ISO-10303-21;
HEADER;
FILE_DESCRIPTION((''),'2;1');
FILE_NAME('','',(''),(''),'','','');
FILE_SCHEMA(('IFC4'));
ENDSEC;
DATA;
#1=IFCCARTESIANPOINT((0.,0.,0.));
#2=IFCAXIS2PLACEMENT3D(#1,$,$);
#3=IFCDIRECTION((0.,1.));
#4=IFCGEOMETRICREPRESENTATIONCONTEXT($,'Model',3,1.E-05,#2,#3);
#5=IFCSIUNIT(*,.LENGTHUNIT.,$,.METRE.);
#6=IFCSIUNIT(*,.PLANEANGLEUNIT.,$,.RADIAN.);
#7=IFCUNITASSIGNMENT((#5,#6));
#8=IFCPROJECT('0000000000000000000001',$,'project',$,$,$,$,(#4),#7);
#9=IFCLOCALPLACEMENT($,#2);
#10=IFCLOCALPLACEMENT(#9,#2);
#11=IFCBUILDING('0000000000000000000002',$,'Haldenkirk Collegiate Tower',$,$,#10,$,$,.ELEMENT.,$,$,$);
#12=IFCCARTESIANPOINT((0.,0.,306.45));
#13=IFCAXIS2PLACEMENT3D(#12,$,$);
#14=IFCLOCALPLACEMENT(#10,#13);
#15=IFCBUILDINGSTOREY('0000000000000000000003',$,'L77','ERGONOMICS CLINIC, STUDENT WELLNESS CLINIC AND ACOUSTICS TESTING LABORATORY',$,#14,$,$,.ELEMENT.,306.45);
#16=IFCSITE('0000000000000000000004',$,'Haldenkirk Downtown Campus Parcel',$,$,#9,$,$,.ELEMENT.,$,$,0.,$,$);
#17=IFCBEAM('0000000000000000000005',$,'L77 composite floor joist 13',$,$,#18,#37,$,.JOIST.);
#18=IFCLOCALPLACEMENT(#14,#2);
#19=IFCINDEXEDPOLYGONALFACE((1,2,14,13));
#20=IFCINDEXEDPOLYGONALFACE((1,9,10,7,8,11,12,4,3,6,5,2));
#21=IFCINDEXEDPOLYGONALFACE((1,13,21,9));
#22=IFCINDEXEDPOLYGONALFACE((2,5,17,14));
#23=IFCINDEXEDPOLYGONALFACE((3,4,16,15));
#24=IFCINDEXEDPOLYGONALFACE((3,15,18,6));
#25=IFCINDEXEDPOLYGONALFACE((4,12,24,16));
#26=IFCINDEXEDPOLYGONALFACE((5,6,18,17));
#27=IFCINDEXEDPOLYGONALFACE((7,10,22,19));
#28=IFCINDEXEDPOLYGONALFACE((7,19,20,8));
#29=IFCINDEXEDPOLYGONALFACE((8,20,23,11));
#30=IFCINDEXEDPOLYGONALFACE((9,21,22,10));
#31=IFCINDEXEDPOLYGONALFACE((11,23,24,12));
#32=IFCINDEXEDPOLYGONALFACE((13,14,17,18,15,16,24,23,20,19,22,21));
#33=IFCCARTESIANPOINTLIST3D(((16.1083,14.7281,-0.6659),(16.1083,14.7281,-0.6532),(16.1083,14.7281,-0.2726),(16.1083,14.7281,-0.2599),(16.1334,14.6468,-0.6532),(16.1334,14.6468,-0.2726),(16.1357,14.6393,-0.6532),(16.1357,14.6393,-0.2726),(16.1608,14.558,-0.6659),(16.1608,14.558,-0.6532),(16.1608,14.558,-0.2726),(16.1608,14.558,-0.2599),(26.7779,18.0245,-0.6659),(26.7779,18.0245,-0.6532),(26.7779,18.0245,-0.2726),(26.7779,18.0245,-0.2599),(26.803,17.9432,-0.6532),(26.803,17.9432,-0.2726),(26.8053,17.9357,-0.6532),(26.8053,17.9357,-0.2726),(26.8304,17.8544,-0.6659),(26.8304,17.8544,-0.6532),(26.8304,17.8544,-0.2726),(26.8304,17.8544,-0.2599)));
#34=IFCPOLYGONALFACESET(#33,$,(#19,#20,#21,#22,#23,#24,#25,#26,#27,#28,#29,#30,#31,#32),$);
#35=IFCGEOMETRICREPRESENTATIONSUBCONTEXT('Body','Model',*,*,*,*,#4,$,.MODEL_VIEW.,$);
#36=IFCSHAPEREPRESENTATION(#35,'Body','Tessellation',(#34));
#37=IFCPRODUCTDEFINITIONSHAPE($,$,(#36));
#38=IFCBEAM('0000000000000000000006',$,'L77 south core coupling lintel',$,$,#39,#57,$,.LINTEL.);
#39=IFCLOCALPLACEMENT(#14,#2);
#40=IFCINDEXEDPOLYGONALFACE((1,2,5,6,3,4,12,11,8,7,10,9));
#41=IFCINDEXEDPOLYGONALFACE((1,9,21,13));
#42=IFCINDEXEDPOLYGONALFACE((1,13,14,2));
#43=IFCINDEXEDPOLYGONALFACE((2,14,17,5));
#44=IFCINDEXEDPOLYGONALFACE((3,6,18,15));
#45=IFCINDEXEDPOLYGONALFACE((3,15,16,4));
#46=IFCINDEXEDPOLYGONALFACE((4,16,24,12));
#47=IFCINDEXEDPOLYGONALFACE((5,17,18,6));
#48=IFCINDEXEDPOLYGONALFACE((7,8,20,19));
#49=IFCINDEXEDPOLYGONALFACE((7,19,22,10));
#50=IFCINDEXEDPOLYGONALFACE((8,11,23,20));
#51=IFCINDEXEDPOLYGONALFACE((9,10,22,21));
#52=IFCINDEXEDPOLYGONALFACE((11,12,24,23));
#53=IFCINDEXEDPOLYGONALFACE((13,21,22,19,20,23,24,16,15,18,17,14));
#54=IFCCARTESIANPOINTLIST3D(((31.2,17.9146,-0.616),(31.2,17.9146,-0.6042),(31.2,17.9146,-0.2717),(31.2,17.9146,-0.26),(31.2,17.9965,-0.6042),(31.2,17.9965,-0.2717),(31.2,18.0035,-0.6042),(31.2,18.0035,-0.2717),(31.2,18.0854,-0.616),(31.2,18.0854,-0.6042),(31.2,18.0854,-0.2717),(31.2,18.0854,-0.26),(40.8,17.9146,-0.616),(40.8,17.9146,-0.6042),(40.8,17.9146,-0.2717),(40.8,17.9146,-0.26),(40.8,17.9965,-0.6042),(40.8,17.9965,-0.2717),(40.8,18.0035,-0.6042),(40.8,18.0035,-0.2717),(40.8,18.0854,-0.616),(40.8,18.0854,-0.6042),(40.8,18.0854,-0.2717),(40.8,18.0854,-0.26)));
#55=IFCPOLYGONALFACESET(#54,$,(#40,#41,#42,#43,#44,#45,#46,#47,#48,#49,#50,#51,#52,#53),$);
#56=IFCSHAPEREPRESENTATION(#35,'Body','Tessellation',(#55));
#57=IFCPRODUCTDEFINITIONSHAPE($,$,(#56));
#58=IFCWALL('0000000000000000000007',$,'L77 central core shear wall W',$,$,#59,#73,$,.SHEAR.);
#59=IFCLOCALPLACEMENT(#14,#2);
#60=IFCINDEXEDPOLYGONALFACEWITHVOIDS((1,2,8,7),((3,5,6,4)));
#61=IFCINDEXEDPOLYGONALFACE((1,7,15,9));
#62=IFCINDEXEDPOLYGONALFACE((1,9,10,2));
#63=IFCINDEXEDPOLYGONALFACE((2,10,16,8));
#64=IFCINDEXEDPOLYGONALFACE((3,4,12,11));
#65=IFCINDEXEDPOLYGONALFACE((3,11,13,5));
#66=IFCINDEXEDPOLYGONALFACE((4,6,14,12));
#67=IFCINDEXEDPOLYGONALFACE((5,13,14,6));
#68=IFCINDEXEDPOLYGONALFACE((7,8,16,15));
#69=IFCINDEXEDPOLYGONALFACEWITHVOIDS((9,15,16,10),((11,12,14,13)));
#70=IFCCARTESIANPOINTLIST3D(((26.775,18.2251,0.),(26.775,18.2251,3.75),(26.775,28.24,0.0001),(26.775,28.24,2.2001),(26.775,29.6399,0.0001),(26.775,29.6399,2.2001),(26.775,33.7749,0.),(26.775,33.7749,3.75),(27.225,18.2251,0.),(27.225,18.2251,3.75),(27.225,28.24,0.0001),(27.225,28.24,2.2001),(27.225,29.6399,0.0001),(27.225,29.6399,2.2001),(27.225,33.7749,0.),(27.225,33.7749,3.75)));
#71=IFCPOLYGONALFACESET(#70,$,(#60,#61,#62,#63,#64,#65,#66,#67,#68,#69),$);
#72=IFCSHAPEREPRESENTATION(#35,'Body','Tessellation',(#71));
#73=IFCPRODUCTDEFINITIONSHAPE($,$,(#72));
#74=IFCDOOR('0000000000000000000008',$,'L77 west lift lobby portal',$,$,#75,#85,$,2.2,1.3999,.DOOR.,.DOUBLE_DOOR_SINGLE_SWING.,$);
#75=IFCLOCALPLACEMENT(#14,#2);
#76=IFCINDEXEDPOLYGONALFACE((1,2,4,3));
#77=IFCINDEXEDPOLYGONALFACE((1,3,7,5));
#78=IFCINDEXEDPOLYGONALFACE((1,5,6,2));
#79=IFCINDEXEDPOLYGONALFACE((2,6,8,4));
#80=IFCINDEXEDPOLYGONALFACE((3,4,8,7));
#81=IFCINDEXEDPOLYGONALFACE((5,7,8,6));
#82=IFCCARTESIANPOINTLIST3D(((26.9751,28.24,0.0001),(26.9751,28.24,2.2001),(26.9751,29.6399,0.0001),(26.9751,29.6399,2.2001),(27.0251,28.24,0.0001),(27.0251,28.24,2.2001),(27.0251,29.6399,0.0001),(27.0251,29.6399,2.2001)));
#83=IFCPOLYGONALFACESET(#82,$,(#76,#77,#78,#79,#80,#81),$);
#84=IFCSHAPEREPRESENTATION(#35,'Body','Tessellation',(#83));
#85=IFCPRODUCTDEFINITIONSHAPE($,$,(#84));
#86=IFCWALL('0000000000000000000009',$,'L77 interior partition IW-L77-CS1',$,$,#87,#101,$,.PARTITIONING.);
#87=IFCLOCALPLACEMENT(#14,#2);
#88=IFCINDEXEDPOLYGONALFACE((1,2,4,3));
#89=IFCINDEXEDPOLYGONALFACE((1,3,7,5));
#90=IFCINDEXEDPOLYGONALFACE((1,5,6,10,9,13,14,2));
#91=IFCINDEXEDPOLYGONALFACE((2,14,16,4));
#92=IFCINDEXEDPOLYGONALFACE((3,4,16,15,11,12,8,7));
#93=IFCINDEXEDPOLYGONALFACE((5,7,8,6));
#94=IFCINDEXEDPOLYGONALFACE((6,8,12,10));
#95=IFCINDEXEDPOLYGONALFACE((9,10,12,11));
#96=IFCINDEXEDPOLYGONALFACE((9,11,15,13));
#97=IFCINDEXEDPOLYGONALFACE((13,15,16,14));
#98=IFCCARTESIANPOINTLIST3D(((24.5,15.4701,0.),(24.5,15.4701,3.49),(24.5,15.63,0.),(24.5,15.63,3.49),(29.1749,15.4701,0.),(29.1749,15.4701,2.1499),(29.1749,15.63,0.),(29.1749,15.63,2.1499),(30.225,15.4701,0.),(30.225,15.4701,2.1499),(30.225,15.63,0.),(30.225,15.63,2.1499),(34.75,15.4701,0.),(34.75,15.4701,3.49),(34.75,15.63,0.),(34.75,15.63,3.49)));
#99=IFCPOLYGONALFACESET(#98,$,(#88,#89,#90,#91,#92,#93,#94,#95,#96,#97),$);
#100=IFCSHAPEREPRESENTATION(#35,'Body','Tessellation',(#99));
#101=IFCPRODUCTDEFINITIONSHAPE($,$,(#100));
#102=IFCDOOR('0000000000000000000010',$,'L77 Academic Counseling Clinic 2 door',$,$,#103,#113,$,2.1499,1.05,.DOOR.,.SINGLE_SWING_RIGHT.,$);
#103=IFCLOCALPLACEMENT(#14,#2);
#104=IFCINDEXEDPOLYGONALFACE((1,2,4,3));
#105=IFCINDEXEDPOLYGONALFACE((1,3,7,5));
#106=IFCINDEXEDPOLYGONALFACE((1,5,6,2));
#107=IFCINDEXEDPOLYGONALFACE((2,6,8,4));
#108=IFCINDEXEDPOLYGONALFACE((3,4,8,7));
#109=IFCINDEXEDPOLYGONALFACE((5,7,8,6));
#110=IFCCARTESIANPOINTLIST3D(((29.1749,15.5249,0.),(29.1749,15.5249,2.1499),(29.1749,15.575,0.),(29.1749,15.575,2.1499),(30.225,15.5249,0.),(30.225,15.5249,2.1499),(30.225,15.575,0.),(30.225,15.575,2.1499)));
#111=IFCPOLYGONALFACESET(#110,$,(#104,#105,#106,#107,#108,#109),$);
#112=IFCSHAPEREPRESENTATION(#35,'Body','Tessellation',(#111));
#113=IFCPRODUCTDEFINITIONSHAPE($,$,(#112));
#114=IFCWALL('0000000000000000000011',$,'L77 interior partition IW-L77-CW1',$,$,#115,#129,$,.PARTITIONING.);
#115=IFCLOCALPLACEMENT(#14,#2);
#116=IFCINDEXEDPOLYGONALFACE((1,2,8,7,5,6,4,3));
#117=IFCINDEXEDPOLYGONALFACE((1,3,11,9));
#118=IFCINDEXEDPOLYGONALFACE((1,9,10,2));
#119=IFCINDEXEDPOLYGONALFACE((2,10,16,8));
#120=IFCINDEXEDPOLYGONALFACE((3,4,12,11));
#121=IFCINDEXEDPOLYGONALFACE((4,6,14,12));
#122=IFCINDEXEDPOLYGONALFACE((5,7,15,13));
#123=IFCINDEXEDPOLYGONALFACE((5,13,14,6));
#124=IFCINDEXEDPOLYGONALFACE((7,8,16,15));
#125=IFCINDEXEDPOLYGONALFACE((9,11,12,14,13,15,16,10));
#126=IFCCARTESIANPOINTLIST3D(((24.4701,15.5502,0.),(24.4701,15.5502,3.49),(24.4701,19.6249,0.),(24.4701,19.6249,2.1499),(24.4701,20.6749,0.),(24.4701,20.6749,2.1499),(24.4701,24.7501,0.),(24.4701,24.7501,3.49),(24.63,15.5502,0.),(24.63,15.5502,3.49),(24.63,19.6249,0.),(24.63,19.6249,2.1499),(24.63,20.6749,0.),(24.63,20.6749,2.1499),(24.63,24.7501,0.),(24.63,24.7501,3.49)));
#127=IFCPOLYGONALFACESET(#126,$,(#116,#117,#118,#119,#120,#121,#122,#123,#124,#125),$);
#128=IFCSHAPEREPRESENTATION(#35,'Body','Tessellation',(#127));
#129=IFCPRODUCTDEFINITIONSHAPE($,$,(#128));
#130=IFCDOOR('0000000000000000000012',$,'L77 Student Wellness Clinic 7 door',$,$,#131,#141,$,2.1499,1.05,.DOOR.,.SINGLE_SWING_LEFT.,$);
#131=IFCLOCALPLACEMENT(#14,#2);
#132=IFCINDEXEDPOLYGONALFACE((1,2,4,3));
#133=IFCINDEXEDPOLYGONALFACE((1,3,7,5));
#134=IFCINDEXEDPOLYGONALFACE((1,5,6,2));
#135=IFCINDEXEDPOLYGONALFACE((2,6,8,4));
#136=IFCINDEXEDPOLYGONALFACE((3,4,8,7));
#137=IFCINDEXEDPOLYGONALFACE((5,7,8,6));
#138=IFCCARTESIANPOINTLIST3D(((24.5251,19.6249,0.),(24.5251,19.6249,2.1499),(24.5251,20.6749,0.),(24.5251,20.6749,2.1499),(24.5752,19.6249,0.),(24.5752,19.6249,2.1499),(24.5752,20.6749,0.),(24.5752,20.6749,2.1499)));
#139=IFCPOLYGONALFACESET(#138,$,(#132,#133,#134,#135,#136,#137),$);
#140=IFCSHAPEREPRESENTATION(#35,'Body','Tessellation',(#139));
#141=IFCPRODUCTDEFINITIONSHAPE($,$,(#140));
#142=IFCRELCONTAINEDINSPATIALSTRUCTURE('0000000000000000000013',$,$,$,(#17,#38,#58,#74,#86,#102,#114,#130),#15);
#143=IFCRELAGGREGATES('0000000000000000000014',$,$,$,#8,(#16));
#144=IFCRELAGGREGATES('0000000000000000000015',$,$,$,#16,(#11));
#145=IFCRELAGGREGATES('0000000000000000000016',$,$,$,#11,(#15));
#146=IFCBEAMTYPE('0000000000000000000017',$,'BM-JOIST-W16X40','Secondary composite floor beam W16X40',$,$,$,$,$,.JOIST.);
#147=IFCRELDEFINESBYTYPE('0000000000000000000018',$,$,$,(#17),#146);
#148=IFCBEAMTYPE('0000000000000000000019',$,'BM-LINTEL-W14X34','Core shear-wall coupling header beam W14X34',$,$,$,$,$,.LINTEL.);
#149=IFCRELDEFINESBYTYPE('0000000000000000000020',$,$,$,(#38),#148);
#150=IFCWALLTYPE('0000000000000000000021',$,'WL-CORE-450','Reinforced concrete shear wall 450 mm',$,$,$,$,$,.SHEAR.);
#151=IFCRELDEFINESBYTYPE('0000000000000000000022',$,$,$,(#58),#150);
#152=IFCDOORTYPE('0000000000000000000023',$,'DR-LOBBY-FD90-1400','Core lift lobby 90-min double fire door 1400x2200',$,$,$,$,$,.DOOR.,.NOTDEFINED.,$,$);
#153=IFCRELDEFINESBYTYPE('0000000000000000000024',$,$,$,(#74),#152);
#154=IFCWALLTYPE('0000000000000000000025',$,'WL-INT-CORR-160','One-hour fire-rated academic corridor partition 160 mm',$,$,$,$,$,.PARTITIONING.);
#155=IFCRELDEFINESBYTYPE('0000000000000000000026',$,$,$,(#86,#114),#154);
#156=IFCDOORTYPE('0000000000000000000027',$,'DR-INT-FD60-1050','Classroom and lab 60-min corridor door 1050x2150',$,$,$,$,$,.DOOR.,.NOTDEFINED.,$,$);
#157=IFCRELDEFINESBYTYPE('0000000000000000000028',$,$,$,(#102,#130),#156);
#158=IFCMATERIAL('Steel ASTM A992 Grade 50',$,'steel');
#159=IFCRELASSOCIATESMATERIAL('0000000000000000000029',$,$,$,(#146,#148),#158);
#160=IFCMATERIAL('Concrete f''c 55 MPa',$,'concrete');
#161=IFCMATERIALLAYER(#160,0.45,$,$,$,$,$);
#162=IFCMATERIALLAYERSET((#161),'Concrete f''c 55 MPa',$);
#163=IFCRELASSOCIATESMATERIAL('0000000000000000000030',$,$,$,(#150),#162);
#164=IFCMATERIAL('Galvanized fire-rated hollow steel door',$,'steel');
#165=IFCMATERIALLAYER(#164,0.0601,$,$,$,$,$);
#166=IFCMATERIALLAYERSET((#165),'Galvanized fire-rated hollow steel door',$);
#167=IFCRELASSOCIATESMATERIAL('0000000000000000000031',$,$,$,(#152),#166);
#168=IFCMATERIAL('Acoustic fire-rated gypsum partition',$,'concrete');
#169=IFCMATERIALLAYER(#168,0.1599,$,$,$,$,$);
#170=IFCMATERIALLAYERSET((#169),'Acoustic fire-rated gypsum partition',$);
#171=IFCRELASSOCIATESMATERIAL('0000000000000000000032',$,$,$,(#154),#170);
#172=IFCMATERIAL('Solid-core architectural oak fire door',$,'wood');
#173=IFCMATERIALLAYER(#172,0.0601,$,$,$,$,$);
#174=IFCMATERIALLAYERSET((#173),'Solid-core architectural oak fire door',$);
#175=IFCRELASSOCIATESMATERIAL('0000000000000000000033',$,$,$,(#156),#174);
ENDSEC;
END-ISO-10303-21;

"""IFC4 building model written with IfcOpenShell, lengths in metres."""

from ifc_helpers import new_model, si_unit, direction, frame, frame_2d, origin, origin_2d, place, context, subcontext, project, spatial, rectangle, i_section, extrude, material, layer, layer_set, material_profile, profile_set, type_object, element, fill, save


model = new_model("IFC4")

# Units and contexts
model_context = context("Model", 3, precision=1e-05, world=origin(), true_north=direction((0.0, 1.0)))
body_context = subcontext(model_context, "Body", "Model", "MODEL_VIEW")
ifc_project = project(units=[si_unit("LENGTHUNIT", "METRE"), si_unit("PLANEANGLEUNIT", "RADIAN")], contexts=[model_context])

# Site, building, storey
site_placement = place(None, origin())
site = spatial("IfcSite", under=ifc_project, at=site_placement, Name="Haldenkirk Downtown Campus Parcel", CompositionType="ELEMENT", RefElevation=0.0)
building_placement = place(site_placement, origin())
building = spatial("IfcBuilding", under=site, at=building_placement, Name="Haldenkirk Collegiate Tower", CompositionType="ELEMENT")
storey_placement = place(building_placement, frame((0.0, 0.0, 306.45)))
storey = spatial("IfcBuildingStorey", under=building, at=storey_placement, Name="L77", Description="ERGONOMICS CLINIC, STUDENT WELLNESS CLINIC AND ACOUSTICS TESTING LABORATORY", CompositionType="ELEMENT", Elevation=306.45)

# Beams
ifc_material_1 = material(Name="Steel ASTM A992 Grade 50", Category="steel")
ifc_material_profile_1 = material_profile(ifc_material_1, i_section(OverallWidth=0.178, OverallDepth=0.406, WebThickness=0.0078, FlangeThickness=0.0127, at=origin_2d()), Name="W16X40")
ifc_profile_set_1 = profile_set([ifc_material_profile_1], Name="Steel ASTM A992 Grade 50")
beam_type_1 = type_object("IfcBeamType", Name="BM-JOIST-W16X40", Description="Secondary composite floor beam W16X40", PredefinedType="JOIST", material=ifc_profile_set_1)
beam_1_placement = place(storey_placement, frame((16.1345, 14.6431, -0.4629), z_axis=(0.955441, 0.295183, 0.0), x_axis=(-0.295183, 0.955441, 0.0)))
element("IfcBeam", 1, at=beam_1_placement, inside=storey, type_object=beam_type_1, Name="L77 composite floor joist 13", PredefinedType="JOIST", context=body_context, shape_type="SweptSolid", body=[
    extrude(i_section(OverallWidth=0.178, OverallDepth=0.406, WebThickness=0.0078, FlangeThickness=0.0127, at=origin_2d()), origin(), (0.0, 0.0, 1.0), 11.1672),
])
ifc_material_profile_2 = material_profile(ifc_material_1, i_section(OverallWidth=0.1709, OverallDepth=0.356, WebThickness=0.0071, FlangeThickness=0.0117, at=origin_2d()), Name="W14X34")
ifc_profile_set_2 = profile_set([ifc_material_profile_2], Name="Steel ASTM A992 Grade 50")
beam_type_2 = type_object("IfcBeamType", Name="BM-LINTEL-W14X34", Description="Core shear-wall coupling header beam W14X34", PredefinedType="LINTEL", material=ifc_profile_set_2)
beam_2_placement = place(storey_placement, frame((31.2, 18.0, -0.438), z_axis=(1.0, 0.0, 0.0), x_axis=(0.0, 1.0, 0.0)))
element("IfcBeam", 2, at=beam_2_placement, inside=storey, type_object=beam_type_2, Name="L77 south core coupling lintel", PredefinedType="LINTEL", context=body_context, shape_type="SweptSolid", body=[
    extrude(i_section(OverallWidth=0.1709, OverallDepth=0.356, WebThickness=0.0071, FlangeThickness=0.0117, at=origin_2d()), origin(), (0.0, 0.0, 1.0), 9.6001),
])

# Shared definitions
ifc_material_2 = material(Name="Concrete f'c 55 MPa", Category="concrete")
ifc_layer_1 = layer(ifc_material_2, 0.45)
ifc_layer_set_1 = layer_set([ifc_layer_1], Name="Concrete f'c 55 MPa")
wall_type_1 = type_object("IfcWallType", Name="WL-CORE-450", Description="Reinforced concrete shear wall 450 mm", PredefinedType="SHEAR", material=ifc_layer_set_1)
ifc_material_3 = material(Name="Galvanized fire-rated hollow steel door", Category="steel")

# Walls, openings, doors
wall_1_placement = place(storey_placement, frame((27.0, 18.2251, 0.0), z_axis=(0.0, 0.0, 1.0), x_axis=(0.0, 1.0, 0.0)))
wall_1 = element("IfcWall", 3, at=wall_1_placement, inside=storey, type_object=wall_type_1, Name="L77 central core shear wall W", PredefinedType="SHEAR", context=body_context, shape_type="SweptSolid", body=[
    extrude(rectangle(XDim=15.5498, YDim=0.45, at=frame_2d((7.7749, 0.0))), origin(), (0.0, 0.0, 1.0), 3.75),
])
opening_1_placement = place(wall_1_placement, frame((10.0149, 0.0, 0.0)))
opening_1 = element("IfcOpeningElement", 4, at=opening_1_placement, cuts=wall_1, PredefinedType="OPENING", context=body_context, shape_type="SweptSolid", body=[
    extrude(rectangle(XDim=1.3999, YDim=2.2, at=frame_2d((0.7, 1.1001))), frame((0.0, 0.2349, 0.0), z_axis=(0.0, -1.0, 0.0), x_axis=(1.0, 0.0, 0.0)), (0.0, 0.0, 1.0), 0.47),
])
ifc_layer_2 = layer(ifc_material_3, 0.0601)
ifc_layer_set_2 = layer_set([ifc_layer_2], Name="Galvanized fire-rated hollow steel door")
door_type_1 = type_object("IfcDoorType", Name="DR-LOBBY-FD90-1400", Description="Core lift lobby 90-min double fire door 1400x2200", OperationType="NOTDEFINED", PredefinedType="DOOR", material=ifc_layer_set_2)
door_1_placement = place(opening_1_placement, origin())
door_1 = element("IfcDoor", 5, at=door_1_placement, inside=storey, type_object=door_type_1, Name="L77 west lift lobby portal", OperationType="DOUBLE_DOOR_SINGLE_SWING", OverallHeight=2.2, OverallWidth=1.3999, PredefinedType="DOOR", context=body_context, shape_type="SweptSolid", body=[
    extrude(rectangle(XDim=1.3999, YDim=2.2, at=frame_2d((0.7, 1.1001))), frame((0.0, 0.0249, 0.0), z_axis=(0.0, -1.0, 0.0), x_axis=(1.0, 0.0, 0.0)), (0.0, 0.0, 1.0), 0.05),
])
fill(opening_1, door_1)
ifc_material_4 = material(Name="Acoustic fire-rated gypsum partition", Category="concrete")
ifc_layer_3 = layer(ifc_material_4, 0.1599)
ifc_layer_set_3 = layer_set([ifc_layer_3], Name="Acoustic fire-rated gypsum partition")
wall_type_2 = type_object("IfcWallType", Name="WL-INT-CORR-160", Description="One-hour fire-rated academic corridor partition 160 mm", PredefinedType="PARTITIONING", material=ifc_layer_set_3)
wall_2_placement = place(storey_placement, frame((24.5, 15.55, 0.0), z_axis=(0.0, 0.0, 1.0), x_axis=(1.0, 0.0, 0.0)))
wall_2 = element("IfcWall", 6, at=wall_2_placement, inside=storey, type_object=wall_type_2, Name="L77 interior partition IW-L77-CS1", PredefinedType="PARTITIONING", context=body_context, shape_type="SweptSolid", body=[
    extrude(rectangle(XDim=10.25, YDim=0.1599, at=frame_2d((5.125, 0.0))), origin(), (0.0, 0.0, 1.0), 3.49),
])
opening_2_placement = place(wall_2_placement, frame((4.675, 0.0, 0.0)))
opening_2 = element("IfcOpeningElement", 7, at=opening_2_placement, cuts=wall_2, PredefinedType="OPENING", context=body_context, shape_type="SweptSolid", body=[
    extrude(rectangle(XDim=1.05, YDim=2.1499, at=frame_2d((0.5249, 1.075))), frame((0.0, 0.0898, 0.0), z_axis=(0.0, -1.0, 0.0), x_axis=(1.0, 0.0, 0.0)), (0.0, 0.0, 1.0), 0.1799),
])
ifc_material_5 = material(Name="Solid-core architectural oak fire door", Category="wood")
ifc_layer_4 = layer(ifc_material_5, 0.0601)
ifc_layer_set_4 = layer_set([ifc_layer_4], Name="Solid-core architectural oak fire door")
door_type_2 = type_object("IfcDoorType", Name="DR-INT-FD60-1050", Description="Classroom and lab 60-min corridor door 1050x2150", OperationType="NOTDEFINED", PredefinedType="DOOR", material=ifc_layer_set_4)
door_2_placement = place(opening_2_placement, origin())
door_2 = element("IfcDoor", 8, at=door_2_placement, inside=storey, type_object=door_type_2, Name="L77 Academic Counseling Clinic 2 door", OperationType="SINGLE_SWING_RIGHT", OverallHeight=2.1499, OverallWidth=1.05, PredefinedType="DOOR", context=body_context, shape_type="SweptSolid", body=[
    extrude(rectangle(XDim=1.05, YDim=2.1499, at=frame_2d((0.5249, 1.075))), frame((0.0, 0.0249, 0.0), z_axis=(0.0, -1.0, 0.0), x_axis=(1.0, 0.0, 0.0)), (0.0, 0.0, 1.0), 0.05),
])
fill(opening_2, door_2)
wall_3_placement = place(storey_placement, frame((24.55, 15.55, 0.0), z_axis=(0.0, 0.0, 1.0), x_axis=(0.0, 1.0, 0.0)))
wall_3 = element("IfcWall", 9, at=wall_3_placement, inside=storey, type_object=wall_type_2, Name="L77 interior partition IW-L77-CW1", PredefinedType="PARTITIONING", context=body_context, shape_type="SweptSolid", body=[
    extrude(rectangle(XDim=9.2, YDim=0.1599, at=frame_2d((4.6001, 0.0))), origin(), (0.0, 0.0, 1.0), 3.49),
])
opening_3_placement = place(wall_3_placement, frame((4.075, 0.0, 0.0)))
opening_3 = element("IfcOpeningElement", 10, at=opening_3_placement, cuts=wall_3, PredefinedType="OPENING", context=body_context, shape_type="SweptSolid", body=[
    extrude(rectangle(XDim=1.05, YDim=2.1499, at=frame_2d((0.5249, 1.075))), frame((0.0, 0.0898, 0.0), z_axis=(0.0, -1.0, 0.0), x_axis=(1.0, 0.0, 0.0)), (0.0, 0.0, 1.0), 0.1799),
])
door_3_placement = place(opening_3_placement, origin())
door_3 = element("IfcDoor", 11, at=door_3_placement, inside=storey, type_object=door_type_2, Name="L77 Student Wellness Clinic 7 door", OperationType="SINGLE_SWING_LEFT", OverallHeight=2.1499, OverallWidth=1.05, PredefinedType="DOOR", context=body_context, shape_type="SweptSolid", body=[
    extrude(rectangle(XDim=1.05, YDim=2.1499, at=frame_2d((0.5249, 1.075))), frame((0.0, 0.0249, 0.0), z_axis=(0.0, -1.0, 0.0), x_axis=(1.0, 0.0, 0.0)), (0.0, 0.0, 1.0), 0.05),
])
fill(opening_3, door_3)

save(model, "model.ifc")
